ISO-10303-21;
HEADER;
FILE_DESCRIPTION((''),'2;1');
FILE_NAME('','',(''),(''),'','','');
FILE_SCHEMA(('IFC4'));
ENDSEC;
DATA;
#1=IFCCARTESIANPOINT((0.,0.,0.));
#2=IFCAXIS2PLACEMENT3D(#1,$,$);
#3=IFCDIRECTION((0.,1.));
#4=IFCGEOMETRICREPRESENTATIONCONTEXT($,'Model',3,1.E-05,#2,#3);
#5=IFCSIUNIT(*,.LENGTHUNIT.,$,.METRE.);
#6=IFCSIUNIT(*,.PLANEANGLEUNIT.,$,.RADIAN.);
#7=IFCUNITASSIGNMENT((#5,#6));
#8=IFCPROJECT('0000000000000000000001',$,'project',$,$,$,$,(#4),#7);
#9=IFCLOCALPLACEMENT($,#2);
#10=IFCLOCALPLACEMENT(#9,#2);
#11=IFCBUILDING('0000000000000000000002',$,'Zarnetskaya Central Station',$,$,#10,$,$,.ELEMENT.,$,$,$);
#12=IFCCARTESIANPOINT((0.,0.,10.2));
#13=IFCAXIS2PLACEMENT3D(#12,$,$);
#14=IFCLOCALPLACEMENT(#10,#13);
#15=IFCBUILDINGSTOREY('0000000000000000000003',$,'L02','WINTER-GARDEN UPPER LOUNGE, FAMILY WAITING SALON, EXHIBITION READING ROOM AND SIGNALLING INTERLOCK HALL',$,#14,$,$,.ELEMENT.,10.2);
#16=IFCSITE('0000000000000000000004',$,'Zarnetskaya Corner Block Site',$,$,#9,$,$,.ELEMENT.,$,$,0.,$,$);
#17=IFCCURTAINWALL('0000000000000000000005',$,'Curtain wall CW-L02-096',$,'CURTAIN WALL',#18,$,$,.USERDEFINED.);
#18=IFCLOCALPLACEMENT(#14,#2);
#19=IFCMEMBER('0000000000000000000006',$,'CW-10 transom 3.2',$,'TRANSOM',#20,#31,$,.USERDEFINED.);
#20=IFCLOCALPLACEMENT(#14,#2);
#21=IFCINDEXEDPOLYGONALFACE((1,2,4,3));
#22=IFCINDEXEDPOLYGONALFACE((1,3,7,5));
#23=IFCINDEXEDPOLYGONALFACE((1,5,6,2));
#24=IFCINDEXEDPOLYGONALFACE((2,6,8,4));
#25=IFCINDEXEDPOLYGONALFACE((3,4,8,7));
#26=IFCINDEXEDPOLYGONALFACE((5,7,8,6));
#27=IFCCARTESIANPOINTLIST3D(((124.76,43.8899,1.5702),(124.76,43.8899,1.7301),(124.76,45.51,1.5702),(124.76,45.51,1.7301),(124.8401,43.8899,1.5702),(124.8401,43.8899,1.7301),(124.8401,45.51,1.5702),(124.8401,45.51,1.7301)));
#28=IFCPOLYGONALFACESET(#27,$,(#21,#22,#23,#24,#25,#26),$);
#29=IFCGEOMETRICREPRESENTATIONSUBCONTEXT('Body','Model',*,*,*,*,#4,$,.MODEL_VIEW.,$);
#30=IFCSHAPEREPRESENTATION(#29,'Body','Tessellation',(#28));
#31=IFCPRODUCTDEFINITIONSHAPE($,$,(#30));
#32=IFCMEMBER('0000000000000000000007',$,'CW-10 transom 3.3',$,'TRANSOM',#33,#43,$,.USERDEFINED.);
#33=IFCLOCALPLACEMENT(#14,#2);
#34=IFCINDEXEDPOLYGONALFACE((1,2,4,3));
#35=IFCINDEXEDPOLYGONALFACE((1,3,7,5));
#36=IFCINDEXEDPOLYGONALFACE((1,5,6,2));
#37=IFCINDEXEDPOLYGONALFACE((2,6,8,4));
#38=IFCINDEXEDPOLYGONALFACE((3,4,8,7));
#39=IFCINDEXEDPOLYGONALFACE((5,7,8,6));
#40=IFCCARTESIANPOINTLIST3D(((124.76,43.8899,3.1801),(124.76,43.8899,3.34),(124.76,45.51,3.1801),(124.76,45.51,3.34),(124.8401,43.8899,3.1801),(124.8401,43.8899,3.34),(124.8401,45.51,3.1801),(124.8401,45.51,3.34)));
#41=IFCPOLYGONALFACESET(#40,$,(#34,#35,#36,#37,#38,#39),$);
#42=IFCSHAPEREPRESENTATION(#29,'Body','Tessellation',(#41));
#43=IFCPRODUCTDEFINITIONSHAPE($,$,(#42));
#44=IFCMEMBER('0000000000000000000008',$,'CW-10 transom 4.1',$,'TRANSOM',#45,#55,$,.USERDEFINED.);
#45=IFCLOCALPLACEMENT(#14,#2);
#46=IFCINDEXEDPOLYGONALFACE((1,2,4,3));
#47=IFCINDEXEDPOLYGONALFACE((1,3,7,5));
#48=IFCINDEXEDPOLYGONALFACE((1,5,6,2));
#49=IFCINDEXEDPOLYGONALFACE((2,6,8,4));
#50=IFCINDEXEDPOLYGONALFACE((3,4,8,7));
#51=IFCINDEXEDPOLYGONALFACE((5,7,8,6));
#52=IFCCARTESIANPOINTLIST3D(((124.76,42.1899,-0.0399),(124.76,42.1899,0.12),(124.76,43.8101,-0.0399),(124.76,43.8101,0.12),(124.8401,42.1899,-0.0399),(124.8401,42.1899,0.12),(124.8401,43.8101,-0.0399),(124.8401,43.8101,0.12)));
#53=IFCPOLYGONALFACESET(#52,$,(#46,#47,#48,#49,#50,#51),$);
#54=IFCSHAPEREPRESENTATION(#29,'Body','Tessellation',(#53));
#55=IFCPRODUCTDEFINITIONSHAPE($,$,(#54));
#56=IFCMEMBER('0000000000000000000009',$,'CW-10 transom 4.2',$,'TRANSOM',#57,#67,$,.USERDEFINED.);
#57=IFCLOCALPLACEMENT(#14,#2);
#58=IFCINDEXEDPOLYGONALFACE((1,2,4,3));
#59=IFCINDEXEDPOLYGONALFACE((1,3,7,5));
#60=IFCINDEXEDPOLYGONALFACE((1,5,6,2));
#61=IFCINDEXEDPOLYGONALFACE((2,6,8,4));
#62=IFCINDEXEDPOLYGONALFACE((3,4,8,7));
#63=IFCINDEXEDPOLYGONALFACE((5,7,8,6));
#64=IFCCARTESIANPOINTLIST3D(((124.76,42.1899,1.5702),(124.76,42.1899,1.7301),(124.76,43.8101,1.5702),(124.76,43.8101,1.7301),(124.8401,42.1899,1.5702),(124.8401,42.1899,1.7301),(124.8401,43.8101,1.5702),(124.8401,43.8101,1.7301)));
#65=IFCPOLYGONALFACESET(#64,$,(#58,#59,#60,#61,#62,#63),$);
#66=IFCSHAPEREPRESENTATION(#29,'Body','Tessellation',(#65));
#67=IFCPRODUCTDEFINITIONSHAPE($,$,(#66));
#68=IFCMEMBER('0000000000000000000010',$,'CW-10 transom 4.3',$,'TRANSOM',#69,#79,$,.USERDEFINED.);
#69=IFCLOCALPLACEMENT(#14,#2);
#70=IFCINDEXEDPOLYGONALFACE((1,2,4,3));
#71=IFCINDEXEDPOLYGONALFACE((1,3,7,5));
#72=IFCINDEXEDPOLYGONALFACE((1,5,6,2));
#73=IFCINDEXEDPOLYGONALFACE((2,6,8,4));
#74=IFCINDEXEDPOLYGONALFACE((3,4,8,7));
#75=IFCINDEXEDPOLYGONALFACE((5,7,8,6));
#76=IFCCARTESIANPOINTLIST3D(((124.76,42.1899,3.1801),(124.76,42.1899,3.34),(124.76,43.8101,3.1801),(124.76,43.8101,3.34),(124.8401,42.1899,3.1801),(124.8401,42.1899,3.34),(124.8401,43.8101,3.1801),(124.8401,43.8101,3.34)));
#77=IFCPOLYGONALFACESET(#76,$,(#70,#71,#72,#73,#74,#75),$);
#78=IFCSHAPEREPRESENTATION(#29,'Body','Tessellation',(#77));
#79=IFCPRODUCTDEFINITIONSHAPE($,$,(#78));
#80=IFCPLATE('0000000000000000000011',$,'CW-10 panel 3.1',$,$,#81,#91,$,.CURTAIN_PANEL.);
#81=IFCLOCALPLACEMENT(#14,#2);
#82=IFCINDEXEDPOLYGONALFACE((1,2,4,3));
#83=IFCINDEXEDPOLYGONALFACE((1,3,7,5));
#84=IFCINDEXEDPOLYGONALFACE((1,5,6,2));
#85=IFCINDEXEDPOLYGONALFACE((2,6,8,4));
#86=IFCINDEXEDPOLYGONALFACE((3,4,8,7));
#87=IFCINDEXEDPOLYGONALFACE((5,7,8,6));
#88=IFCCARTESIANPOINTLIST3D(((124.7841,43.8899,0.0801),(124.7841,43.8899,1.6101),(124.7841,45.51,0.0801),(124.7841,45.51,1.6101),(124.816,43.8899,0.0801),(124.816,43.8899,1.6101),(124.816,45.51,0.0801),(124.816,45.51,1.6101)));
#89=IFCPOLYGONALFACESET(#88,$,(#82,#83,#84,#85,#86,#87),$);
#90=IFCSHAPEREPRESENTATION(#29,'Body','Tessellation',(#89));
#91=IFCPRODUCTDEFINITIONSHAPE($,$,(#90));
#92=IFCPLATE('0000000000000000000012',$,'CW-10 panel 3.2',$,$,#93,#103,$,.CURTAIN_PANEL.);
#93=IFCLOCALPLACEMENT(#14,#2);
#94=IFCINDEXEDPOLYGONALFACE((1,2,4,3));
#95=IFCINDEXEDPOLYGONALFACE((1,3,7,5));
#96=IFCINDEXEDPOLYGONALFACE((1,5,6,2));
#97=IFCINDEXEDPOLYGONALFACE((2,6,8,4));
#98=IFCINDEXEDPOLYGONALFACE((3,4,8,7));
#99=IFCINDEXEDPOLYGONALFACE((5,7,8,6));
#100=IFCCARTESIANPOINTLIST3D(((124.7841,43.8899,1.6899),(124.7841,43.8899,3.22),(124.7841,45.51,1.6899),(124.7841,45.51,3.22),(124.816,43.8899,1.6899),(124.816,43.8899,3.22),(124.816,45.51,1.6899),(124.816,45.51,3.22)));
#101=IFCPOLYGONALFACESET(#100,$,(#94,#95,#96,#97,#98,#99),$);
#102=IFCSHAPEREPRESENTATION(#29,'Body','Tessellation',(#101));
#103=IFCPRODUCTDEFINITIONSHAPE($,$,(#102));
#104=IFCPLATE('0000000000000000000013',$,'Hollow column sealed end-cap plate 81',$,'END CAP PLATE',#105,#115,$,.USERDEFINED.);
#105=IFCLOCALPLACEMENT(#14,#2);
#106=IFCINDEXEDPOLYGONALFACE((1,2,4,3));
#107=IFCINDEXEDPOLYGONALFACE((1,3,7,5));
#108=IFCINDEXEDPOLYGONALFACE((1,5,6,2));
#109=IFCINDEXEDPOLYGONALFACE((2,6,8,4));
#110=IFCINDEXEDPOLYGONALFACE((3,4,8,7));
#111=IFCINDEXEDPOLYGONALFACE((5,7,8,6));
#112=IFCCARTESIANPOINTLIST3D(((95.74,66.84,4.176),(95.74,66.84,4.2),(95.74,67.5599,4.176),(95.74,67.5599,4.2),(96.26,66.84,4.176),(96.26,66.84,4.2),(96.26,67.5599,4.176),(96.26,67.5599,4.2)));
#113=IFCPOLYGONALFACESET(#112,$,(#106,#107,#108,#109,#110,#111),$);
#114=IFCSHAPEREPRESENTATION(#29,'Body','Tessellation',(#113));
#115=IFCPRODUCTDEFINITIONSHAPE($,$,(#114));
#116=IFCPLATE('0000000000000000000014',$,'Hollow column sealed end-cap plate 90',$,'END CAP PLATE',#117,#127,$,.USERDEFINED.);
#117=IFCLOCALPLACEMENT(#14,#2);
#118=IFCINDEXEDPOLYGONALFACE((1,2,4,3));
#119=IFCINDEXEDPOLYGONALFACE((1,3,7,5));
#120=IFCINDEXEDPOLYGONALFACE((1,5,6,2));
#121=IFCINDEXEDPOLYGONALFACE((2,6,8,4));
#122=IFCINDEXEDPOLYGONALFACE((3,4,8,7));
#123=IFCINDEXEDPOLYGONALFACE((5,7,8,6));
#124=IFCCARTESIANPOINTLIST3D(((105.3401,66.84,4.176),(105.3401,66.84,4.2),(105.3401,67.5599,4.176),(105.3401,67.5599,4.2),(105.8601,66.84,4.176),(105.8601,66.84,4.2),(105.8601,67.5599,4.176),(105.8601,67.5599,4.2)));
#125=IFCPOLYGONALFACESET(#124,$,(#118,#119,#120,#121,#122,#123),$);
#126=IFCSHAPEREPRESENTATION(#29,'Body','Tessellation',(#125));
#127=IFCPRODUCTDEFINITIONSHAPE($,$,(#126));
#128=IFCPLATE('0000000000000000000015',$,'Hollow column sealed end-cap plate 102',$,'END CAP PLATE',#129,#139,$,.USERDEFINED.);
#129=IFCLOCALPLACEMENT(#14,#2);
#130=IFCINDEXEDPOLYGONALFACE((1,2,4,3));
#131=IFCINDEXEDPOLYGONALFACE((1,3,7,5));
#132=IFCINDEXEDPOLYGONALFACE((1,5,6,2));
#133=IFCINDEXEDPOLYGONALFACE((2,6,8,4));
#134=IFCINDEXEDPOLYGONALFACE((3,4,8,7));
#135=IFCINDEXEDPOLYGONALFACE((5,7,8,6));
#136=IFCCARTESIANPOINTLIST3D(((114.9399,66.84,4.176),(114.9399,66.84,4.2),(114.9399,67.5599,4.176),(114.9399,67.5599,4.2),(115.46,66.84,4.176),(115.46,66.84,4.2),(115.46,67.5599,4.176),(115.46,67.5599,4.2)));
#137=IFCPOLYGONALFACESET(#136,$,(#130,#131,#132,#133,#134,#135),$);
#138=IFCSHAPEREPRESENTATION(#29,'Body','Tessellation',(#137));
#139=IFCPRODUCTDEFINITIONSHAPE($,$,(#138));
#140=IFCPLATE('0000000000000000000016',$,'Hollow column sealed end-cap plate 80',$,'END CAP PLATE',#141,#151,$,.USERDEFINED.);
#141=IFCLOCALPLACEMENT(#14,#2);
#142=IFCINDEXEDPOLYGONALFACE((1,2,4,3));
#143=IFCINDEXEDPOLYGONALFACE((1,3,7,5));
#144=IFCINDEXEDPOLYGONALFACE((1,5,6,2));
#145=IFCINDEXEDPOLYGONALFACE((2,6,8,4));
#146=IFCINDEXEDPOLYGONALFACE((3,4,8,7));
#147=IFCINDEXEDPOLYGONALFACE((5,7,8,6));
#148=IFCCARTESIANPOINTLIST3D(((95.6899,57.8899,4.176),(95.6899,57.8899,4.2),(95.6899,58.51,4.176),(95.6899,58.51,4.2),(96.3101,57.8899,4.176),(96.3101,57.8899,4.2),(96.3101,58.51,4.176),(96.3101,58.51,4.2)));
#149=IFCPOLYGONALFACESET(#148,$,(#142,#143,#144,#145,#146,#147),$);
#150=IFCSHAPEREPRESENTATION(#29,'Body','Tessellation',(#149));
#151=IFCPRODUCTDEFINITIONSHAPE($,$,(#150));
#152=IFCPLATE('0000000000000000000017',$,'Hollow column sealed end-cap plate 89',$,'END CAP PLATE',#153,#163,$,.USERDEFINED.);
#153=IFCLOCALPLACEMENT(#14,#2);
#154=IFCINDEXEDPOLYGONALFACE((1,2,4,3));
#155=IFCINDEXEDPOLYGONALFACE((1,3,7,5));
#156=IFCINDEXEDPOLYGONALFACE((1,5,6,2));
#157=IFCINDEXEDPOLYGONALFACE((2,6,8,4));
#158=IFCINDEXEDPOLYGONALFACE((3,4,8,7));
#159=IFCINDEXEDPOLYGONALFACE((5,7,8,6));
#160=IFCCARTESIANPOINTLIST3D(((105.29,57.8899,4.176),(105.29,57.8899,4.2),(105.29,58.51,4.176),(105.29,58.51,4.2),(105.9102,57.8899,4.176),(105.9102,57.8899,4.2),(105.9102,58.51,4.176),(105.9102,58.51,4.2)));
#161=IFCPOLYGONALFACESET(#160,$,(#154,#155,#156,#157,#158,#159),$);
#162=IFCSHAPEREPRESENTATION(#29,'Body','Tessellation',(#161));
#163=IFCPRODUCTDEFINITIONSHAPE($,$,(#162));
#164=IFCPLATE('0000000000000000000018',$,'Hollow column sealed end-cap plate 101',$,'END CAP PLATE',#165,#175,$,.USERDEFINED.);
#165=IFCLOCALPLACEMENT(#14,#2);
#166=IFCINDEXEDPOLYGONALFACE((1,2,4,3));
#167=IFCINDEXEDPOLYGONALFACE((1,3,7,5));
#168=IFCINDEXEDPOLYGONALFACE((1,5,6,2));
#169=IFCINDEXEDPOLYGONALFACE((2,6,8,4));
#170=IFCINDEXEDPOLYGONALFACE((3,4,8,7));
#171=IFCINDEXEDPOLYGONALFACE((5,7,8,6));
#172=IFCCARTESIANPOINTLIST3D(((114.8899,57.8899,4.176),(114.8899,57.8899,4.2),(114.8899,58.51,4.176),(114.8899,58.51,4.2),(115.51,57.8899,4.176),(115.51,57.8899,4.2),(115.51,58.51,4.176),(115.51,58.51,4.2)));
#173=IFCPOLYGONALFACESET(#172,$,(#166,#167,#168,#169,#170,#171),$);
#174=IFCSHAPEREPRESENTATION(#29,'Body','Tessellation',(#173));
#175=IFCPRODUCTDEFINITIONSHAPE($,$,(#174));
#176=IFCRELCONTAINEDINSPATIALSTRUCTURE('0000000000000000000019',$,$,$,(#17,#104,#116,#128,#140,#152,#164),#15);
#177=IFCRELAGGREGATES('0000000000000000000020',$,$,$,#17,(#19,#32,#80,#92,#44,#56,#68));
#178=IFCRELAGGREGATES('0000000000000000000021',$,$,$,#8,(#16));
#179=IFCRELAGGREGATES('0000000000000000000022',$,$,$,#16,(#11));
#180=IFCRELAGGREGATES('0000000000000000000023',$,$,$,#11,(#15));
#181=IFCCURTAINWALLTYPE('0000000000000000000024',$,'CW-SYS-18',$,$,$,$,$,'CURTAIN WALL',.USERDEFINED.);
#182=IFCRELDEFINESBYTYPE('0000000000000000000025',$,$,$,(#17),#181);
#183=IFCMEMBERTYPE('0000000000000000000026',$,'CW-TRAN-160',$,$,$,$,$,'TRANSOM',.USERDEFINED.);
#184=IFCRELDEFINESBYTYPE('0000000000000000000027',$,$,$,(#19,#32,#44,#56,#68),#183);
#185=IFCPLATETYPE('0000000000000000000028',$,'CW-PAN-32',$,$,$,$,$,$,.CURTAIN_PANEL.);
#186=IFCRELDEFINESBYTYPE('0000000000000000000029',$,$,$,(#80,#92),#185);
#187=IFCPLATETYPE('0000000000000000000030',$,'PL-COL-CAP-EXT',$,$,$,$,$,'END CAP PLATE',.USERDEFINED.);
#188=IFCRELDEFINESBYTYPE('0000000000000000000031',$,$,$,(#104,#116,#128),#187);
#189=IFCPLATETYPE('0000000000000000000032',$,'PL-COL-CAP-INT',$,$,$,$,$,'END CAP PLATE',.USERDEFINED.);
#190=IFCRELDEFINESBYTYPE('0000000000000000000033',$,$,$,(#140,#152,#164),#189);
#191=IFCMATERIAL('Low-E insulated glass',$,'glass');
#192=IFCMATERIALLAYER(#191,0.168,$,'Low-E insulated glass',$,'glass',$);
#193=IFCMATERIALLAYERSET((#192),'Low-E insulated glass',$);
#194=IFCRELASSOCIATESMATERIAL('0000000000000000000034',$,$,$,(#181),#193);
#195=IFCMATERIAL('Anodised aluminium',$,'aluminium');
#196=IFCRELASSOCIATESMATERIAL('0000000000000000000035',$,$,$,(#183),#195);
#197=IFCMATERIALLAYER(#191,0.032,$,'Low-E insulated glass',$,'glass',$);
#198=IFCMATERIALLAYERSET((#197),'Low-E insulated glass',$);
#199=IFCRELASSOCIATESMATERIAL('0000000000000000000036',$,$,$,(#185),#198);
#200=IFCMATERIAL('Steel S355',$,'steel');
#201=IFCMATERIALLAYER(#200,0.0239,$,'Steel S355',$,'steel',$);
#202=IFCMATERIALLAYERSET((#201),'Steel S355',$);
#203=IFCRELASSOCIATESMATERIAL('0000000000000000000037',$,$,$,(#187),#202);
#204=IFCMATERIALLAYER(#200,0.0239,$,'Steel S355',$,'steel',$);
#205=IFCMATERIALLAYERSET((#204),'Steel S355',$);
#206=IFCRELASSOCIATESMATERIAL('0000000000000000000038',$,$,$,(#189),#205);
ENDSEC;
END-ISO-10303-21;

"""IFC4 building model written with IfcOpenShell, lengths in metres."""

from ifc_helpers import new_model, si_unit, direction, frame, origin, origin_2d, place, context, subcontext, project, spatial, rectangle, extrude, material, layer, layer_set, material_profile, profile_set, type_object, element, aggregate, save


model = new_model("IFC4")

# Units and contexts
model_context = context("Model", 3, precision=1e-05, world=origin(), true_north=direction((0.0, 1.0)))
body_context = subcontext(model_context, "Body", "Model", "MODEL_VIEW")
ifc_project = project(units=[si_unit("LENGTHUNIT", "METRE"), si_unit("PLANEANGLEUNIT", "RADIAN")], contexts=[model_context])

# Site, building, storey
site_placement = place(None, origin())
site = spatial("IfcSite", under=ifc_project, at=site_placement, Name="Zarnetskaya Corner Block Site", CompositionType="ELEMENT", RefElevation=0.0)
building_placement = place(site_placement, origin())
building = spatial("IfcBuilding", under=site, at=building_placement, Name="Zarnetskaya Central Station", CompositionType="ELEMENT")
storey_placement = place(building_placement, frame((0.0, 0.0, 10.2)))
storey = spatial("IfcBuildingStorey", under=building, at=storey_placement, Name="L02", Description="WINTER-GARDEN UPPER LOUNGE, FAMILY WAITING SALON, EXHIBITION READING ROOM AND SIGNALLING INTERLOCK HALL", CompositionType="ELEMENT", Elevation=10.2)

# Shared definitions
ifc_material_1 = material(Name="Steel S355", Category="steel")

# Curtain wall, members, plates
ifc_material_2 = material(Name="Low-E insulated glass", Category="glass")
ifc_layer_1 = layer(ifc_material_2, 0.168, Name="Low-E insulated glass", Category="glass")
ifc_layer_set_1 = layer_set([ifc_layer_1], Name="Low-E insulated glass")
curtain_wall_type = type_object("IfcCurtainWallType", Name="CW-SYS-18", ElementType="CURTAIN WALL", PredefinedType="USERDEFINED", material=ifc_layer_set_1)
curtain_wall_placement = place(storey_placement, origin())
curtain_wall = element("IfcCurtainWall", 1, at=curtain_wall_placement, inside=storey, type_object=curtain_wall_type, Name="Curtain wall CW-L02-096", ObjectType="CURTAIN WALL", PredefinedType="USERDEFINED")
ifc_material_3 = material(Name="Anodised aluminium", Category="aluminium")
ifc_material_profile_1 = material_profile(ifc_material_3, rectangle(XDim=0.0801, YDim=0.1599, at=origin_2d()), Name="ALU TRAN 80x160")
ifc_profile_set_1 = profile_set([ifc_material_profile_1], Name="Anodised aluminium")
member_type_1 = type_object("IfcMemberType", Name="CW-TRAN-160", ElementType="TRANSOM", PredefinedType="USERDEFINED", material=ifc_profile_set_1)
member_1_placement = place(storey_placement, frame((124.8, 45.51, 1.6501), z_axis=(0.0, -1.0, 0.0), x_axis=(1.0, 0.0, 0.0)))
member_1 = element("IfcMember", 2, at=member_1_placement, type_object=member_type_1, Name="CW-10 transom 3.2", ObjectType="TRANSOM", PredefinedType="USERDEFINED", context=body_context, shape_type="SweptSolid", body=[
    extrude(rectangle(XDim=0.0801, YDim=0.1599, at=origin_2d()), origin(), (0.0, 0.0, 1.0), 1.6201),
])
member_2_placement = place(storey_placement, frame((124.8, 45.51, 3.26), z_axis=(0.0, -1.0, 0.0), x_axis=(1.0, 0.0, 0.0)))
member_2 = element("IfcMember", 3, at=member_2_placement, type_object=member_type_1, Name="CW-10 transom 3.3", ObjectType="TRANSOM", PredefinedType="USERDEFINED", context=body_context, shape_type="SweptSolid", body=[
    extrude(rectangle(XDim=0.0801, YDim=0.1599, at=origin_2d()), origin(), (0.0, 0.0, 1.0), 1.6201),
])
member_3_placement = place(storey_placement, frame((124.8, 43.8101, 0.04), z_axis=(0.0, -1.0, 0.0), x_axis=(1.0, 0.0, 0.0)))
member_3 = element("IfcMember", 4, at=member_3_placement, type_object=member_type_1, Name="CW-10 transom 4.1", ObjectType="TRANSOM", PredefinedType="USERDEFINED", context=body_context, shape_type="SweptSolid", body=[
    extrude(rectangle(XDim=0.0801, YDim=0.1599, at=origin_2d()), origin(), (0.0, 0.0, 1.0), 1.6201),
])
member_4_placement = place(storey_placement, frame((124.8, 43.8101, 1.6501), z_axis=(0.0, -1.0, 0.0), x_axis=(1.0, 0.0, 0.0)))
member_4 = element("IfcMember", 5, at=member_4_placement, type_object=member_type_1, Name="CW-10 transom 4.2", ObjectType="TRANSOM", PredefinedType="USERDEFINED", context=body_context, shape_type="SweptSolid", body=[
    extrude(rectangle(XDim=0.0801, YDim=0.1599, at=origin_2d()), origin(), (0.0, 0.0, 1.0), 1.6201),
])
member_5_placement = place(storey_placement, frame((124.8, 43.8101, 3.26), z_axis=(0.0, -1.0, 0.0), x_axis=(1.0, 0.0, 0.0)))
member_5 = element("IfcMember", 6, at=member_5_placement, type_object=member_type_1, Name="CW-10 transom 4.3", ObjectType="TRANSOM", PredefinedType="USERDEFINED", context=body_context, shape_type="SweptSolid", body=[
    extrude(rectangle(XDim=0.0801, YDim=0.1599, at=origin_2d()), origin(), (0.0, 0.0, 1.0), 1.6201),
])
ifc_layer_2 = layer(ifc_material_2, 0.032, Name="Low-E insulated glass", Category="glass")
ifc_layer_set_2 = layer_set([ifc_layer_2], Name="Low-E insulated glass")
plate_type_1 = type_object("IfcPlateType", Name="CW-PAN-32", PredefinedType="CURTAIN_PANEL", material=ifc_layer_set_2)
plate_1_placement = place(storey_placement, frame((124.8, 44.7, 0.0801), z_axis=(0.0, 0.0, 1.0), x_axis=(0.0, -1.0, 0.0)))
plate_1 = element("IfcPlate", 7, at=plate_1_placement, type_object=plate_type_1, Name="CW-10 panel 3.1", PredefinedType="CURTAIN_PANEL", context=body_context, shape_type="SweptSolid", body=[
    extrude(rectangle(XDim=1.6201, YDim=0.032, at=origin_2d()), origin(), (0.0, 0.0, 1.0), 1.53),
])
plate_2_placement = place(storey_placement, frame((124.8, 44.7, 1.6899), z_axis=(0.0, 0.0, 1.0), x_axis=(0.0, -1.0, 0.0)))
plate_2 = element("IfcPlate", 8, at=plate_2_placement, type_object=plate_type_1, Name="CW-10 panel 3.2", PredefinedType="CURTAIN_PANEL", context=body_context, shape_type="SweptSolid", body=[
    extrude(rectangle(XDim=1.6201, YDim=0.032, at=origin_2d()), origin(), (0.0, 0.0, 1.0), 1.53),
])
aggregate(curtain_wall, [member_1, member_2, plate_1, plate_2, member_3, member_4, member_5])

# Plates
ifc_layer_3 = layer(ifc_material_1, 0.0239, Name="Steel S355", Category="steel")
ifc_layer_set_3 = layer_set([ifc_layer_3], Name="Steel S355")
plate_type_2 = type_object("IfcPlateType", Name="PL-COL-CAP-EXT", ElementType="END CAP PLATE", PredefinedType="USERDEFINED", material=ifc_layer_set_3)
for number, where, z_axis, x_axis, name in (
    (9, (96.0, 67.2, 4.176), (0.0, 0.0, 1.0), (1.0, 0.0, 0.0), "Hollow column sealed end-cap plate 81"),
    (10, (105.6001, 67.2, 4.176), (0.0, 0.0, 1.0), (1.0, 0.0, 0.0), "Hollow column sealed end-cap plate 90"),
    (11, (115.2, 67.2, 4.176), (0.0, 0.0, 1.0), (1.0, 0.0, 0.0), "Hollow column sealed end-cap plate 102"),
):
    element("IfcPlate", number, at=place(storey_placement, frame(where, z_axis=z_axis, x_axis=x_axis)), inside=storey, type_object=plate_type_2, Name=name, ObjectType="END CAP PLATE", PredefinedType="USERDEFINED", context=body_context, shape_type="SweptSolid", body=[
        extrude(rectangle(XDim=0.52, YDim=0.72, at=origin_2d()), origin(), (0.0, 0.0, 1.0), 0.0239),
    ])
ifc_layer_4 = layer(ifc_material_1, 0.0239, Name="Steel S355", Category="steel")
ifc_layer_set_4 = layer_set([ifc_layer_4], Name="Steel S355")
plate_type_3 = type_object("IfcPlateType", Name="PL-COL-CAP-INT", ElementType="END CAP PLATE", PredefinedType="USERDEFINED", material=ifc_layer_set_4)
for number, where, z_axis, x_axis, name in (
    (12, (96.0, 58.2, 4.176), (0.0, 0.0, 1.0), (1.0, 0.0, 0.0), "Hollow column sealed end-cap plate 80"),
    (13, (105.6001, 58.2, 4.176), (0.0, 0.0, 1.0), (1.0, 0.0, 0.0), "Hollow column sealed end-cap plate 89"),
    (14, (115.2, 58.2, 4.176), (0.0, 0.0, 1.0), (1.0, 0.0, 0.0), "Hollow column sealed end-cap plate 101"),
):
    element("IfcPlate", number, at=place(storey_placement, frame(where, z_axis=z_axis, x_axis=x_axis)), inside=storey, type_object=plate_type_3, Name=name, ObjectType="END CAP PLATE", PredefinedType="USERDEFINED", context=body_context, shape_type="SweptSolid", body=[
        extrude(rectangle(XDim=0.6201, YDim=0.6201, at=origin_2d()), origin(), (0.0, 0.0, 1.0), 0.0239),
    ])

save(model, "model.ifc")
